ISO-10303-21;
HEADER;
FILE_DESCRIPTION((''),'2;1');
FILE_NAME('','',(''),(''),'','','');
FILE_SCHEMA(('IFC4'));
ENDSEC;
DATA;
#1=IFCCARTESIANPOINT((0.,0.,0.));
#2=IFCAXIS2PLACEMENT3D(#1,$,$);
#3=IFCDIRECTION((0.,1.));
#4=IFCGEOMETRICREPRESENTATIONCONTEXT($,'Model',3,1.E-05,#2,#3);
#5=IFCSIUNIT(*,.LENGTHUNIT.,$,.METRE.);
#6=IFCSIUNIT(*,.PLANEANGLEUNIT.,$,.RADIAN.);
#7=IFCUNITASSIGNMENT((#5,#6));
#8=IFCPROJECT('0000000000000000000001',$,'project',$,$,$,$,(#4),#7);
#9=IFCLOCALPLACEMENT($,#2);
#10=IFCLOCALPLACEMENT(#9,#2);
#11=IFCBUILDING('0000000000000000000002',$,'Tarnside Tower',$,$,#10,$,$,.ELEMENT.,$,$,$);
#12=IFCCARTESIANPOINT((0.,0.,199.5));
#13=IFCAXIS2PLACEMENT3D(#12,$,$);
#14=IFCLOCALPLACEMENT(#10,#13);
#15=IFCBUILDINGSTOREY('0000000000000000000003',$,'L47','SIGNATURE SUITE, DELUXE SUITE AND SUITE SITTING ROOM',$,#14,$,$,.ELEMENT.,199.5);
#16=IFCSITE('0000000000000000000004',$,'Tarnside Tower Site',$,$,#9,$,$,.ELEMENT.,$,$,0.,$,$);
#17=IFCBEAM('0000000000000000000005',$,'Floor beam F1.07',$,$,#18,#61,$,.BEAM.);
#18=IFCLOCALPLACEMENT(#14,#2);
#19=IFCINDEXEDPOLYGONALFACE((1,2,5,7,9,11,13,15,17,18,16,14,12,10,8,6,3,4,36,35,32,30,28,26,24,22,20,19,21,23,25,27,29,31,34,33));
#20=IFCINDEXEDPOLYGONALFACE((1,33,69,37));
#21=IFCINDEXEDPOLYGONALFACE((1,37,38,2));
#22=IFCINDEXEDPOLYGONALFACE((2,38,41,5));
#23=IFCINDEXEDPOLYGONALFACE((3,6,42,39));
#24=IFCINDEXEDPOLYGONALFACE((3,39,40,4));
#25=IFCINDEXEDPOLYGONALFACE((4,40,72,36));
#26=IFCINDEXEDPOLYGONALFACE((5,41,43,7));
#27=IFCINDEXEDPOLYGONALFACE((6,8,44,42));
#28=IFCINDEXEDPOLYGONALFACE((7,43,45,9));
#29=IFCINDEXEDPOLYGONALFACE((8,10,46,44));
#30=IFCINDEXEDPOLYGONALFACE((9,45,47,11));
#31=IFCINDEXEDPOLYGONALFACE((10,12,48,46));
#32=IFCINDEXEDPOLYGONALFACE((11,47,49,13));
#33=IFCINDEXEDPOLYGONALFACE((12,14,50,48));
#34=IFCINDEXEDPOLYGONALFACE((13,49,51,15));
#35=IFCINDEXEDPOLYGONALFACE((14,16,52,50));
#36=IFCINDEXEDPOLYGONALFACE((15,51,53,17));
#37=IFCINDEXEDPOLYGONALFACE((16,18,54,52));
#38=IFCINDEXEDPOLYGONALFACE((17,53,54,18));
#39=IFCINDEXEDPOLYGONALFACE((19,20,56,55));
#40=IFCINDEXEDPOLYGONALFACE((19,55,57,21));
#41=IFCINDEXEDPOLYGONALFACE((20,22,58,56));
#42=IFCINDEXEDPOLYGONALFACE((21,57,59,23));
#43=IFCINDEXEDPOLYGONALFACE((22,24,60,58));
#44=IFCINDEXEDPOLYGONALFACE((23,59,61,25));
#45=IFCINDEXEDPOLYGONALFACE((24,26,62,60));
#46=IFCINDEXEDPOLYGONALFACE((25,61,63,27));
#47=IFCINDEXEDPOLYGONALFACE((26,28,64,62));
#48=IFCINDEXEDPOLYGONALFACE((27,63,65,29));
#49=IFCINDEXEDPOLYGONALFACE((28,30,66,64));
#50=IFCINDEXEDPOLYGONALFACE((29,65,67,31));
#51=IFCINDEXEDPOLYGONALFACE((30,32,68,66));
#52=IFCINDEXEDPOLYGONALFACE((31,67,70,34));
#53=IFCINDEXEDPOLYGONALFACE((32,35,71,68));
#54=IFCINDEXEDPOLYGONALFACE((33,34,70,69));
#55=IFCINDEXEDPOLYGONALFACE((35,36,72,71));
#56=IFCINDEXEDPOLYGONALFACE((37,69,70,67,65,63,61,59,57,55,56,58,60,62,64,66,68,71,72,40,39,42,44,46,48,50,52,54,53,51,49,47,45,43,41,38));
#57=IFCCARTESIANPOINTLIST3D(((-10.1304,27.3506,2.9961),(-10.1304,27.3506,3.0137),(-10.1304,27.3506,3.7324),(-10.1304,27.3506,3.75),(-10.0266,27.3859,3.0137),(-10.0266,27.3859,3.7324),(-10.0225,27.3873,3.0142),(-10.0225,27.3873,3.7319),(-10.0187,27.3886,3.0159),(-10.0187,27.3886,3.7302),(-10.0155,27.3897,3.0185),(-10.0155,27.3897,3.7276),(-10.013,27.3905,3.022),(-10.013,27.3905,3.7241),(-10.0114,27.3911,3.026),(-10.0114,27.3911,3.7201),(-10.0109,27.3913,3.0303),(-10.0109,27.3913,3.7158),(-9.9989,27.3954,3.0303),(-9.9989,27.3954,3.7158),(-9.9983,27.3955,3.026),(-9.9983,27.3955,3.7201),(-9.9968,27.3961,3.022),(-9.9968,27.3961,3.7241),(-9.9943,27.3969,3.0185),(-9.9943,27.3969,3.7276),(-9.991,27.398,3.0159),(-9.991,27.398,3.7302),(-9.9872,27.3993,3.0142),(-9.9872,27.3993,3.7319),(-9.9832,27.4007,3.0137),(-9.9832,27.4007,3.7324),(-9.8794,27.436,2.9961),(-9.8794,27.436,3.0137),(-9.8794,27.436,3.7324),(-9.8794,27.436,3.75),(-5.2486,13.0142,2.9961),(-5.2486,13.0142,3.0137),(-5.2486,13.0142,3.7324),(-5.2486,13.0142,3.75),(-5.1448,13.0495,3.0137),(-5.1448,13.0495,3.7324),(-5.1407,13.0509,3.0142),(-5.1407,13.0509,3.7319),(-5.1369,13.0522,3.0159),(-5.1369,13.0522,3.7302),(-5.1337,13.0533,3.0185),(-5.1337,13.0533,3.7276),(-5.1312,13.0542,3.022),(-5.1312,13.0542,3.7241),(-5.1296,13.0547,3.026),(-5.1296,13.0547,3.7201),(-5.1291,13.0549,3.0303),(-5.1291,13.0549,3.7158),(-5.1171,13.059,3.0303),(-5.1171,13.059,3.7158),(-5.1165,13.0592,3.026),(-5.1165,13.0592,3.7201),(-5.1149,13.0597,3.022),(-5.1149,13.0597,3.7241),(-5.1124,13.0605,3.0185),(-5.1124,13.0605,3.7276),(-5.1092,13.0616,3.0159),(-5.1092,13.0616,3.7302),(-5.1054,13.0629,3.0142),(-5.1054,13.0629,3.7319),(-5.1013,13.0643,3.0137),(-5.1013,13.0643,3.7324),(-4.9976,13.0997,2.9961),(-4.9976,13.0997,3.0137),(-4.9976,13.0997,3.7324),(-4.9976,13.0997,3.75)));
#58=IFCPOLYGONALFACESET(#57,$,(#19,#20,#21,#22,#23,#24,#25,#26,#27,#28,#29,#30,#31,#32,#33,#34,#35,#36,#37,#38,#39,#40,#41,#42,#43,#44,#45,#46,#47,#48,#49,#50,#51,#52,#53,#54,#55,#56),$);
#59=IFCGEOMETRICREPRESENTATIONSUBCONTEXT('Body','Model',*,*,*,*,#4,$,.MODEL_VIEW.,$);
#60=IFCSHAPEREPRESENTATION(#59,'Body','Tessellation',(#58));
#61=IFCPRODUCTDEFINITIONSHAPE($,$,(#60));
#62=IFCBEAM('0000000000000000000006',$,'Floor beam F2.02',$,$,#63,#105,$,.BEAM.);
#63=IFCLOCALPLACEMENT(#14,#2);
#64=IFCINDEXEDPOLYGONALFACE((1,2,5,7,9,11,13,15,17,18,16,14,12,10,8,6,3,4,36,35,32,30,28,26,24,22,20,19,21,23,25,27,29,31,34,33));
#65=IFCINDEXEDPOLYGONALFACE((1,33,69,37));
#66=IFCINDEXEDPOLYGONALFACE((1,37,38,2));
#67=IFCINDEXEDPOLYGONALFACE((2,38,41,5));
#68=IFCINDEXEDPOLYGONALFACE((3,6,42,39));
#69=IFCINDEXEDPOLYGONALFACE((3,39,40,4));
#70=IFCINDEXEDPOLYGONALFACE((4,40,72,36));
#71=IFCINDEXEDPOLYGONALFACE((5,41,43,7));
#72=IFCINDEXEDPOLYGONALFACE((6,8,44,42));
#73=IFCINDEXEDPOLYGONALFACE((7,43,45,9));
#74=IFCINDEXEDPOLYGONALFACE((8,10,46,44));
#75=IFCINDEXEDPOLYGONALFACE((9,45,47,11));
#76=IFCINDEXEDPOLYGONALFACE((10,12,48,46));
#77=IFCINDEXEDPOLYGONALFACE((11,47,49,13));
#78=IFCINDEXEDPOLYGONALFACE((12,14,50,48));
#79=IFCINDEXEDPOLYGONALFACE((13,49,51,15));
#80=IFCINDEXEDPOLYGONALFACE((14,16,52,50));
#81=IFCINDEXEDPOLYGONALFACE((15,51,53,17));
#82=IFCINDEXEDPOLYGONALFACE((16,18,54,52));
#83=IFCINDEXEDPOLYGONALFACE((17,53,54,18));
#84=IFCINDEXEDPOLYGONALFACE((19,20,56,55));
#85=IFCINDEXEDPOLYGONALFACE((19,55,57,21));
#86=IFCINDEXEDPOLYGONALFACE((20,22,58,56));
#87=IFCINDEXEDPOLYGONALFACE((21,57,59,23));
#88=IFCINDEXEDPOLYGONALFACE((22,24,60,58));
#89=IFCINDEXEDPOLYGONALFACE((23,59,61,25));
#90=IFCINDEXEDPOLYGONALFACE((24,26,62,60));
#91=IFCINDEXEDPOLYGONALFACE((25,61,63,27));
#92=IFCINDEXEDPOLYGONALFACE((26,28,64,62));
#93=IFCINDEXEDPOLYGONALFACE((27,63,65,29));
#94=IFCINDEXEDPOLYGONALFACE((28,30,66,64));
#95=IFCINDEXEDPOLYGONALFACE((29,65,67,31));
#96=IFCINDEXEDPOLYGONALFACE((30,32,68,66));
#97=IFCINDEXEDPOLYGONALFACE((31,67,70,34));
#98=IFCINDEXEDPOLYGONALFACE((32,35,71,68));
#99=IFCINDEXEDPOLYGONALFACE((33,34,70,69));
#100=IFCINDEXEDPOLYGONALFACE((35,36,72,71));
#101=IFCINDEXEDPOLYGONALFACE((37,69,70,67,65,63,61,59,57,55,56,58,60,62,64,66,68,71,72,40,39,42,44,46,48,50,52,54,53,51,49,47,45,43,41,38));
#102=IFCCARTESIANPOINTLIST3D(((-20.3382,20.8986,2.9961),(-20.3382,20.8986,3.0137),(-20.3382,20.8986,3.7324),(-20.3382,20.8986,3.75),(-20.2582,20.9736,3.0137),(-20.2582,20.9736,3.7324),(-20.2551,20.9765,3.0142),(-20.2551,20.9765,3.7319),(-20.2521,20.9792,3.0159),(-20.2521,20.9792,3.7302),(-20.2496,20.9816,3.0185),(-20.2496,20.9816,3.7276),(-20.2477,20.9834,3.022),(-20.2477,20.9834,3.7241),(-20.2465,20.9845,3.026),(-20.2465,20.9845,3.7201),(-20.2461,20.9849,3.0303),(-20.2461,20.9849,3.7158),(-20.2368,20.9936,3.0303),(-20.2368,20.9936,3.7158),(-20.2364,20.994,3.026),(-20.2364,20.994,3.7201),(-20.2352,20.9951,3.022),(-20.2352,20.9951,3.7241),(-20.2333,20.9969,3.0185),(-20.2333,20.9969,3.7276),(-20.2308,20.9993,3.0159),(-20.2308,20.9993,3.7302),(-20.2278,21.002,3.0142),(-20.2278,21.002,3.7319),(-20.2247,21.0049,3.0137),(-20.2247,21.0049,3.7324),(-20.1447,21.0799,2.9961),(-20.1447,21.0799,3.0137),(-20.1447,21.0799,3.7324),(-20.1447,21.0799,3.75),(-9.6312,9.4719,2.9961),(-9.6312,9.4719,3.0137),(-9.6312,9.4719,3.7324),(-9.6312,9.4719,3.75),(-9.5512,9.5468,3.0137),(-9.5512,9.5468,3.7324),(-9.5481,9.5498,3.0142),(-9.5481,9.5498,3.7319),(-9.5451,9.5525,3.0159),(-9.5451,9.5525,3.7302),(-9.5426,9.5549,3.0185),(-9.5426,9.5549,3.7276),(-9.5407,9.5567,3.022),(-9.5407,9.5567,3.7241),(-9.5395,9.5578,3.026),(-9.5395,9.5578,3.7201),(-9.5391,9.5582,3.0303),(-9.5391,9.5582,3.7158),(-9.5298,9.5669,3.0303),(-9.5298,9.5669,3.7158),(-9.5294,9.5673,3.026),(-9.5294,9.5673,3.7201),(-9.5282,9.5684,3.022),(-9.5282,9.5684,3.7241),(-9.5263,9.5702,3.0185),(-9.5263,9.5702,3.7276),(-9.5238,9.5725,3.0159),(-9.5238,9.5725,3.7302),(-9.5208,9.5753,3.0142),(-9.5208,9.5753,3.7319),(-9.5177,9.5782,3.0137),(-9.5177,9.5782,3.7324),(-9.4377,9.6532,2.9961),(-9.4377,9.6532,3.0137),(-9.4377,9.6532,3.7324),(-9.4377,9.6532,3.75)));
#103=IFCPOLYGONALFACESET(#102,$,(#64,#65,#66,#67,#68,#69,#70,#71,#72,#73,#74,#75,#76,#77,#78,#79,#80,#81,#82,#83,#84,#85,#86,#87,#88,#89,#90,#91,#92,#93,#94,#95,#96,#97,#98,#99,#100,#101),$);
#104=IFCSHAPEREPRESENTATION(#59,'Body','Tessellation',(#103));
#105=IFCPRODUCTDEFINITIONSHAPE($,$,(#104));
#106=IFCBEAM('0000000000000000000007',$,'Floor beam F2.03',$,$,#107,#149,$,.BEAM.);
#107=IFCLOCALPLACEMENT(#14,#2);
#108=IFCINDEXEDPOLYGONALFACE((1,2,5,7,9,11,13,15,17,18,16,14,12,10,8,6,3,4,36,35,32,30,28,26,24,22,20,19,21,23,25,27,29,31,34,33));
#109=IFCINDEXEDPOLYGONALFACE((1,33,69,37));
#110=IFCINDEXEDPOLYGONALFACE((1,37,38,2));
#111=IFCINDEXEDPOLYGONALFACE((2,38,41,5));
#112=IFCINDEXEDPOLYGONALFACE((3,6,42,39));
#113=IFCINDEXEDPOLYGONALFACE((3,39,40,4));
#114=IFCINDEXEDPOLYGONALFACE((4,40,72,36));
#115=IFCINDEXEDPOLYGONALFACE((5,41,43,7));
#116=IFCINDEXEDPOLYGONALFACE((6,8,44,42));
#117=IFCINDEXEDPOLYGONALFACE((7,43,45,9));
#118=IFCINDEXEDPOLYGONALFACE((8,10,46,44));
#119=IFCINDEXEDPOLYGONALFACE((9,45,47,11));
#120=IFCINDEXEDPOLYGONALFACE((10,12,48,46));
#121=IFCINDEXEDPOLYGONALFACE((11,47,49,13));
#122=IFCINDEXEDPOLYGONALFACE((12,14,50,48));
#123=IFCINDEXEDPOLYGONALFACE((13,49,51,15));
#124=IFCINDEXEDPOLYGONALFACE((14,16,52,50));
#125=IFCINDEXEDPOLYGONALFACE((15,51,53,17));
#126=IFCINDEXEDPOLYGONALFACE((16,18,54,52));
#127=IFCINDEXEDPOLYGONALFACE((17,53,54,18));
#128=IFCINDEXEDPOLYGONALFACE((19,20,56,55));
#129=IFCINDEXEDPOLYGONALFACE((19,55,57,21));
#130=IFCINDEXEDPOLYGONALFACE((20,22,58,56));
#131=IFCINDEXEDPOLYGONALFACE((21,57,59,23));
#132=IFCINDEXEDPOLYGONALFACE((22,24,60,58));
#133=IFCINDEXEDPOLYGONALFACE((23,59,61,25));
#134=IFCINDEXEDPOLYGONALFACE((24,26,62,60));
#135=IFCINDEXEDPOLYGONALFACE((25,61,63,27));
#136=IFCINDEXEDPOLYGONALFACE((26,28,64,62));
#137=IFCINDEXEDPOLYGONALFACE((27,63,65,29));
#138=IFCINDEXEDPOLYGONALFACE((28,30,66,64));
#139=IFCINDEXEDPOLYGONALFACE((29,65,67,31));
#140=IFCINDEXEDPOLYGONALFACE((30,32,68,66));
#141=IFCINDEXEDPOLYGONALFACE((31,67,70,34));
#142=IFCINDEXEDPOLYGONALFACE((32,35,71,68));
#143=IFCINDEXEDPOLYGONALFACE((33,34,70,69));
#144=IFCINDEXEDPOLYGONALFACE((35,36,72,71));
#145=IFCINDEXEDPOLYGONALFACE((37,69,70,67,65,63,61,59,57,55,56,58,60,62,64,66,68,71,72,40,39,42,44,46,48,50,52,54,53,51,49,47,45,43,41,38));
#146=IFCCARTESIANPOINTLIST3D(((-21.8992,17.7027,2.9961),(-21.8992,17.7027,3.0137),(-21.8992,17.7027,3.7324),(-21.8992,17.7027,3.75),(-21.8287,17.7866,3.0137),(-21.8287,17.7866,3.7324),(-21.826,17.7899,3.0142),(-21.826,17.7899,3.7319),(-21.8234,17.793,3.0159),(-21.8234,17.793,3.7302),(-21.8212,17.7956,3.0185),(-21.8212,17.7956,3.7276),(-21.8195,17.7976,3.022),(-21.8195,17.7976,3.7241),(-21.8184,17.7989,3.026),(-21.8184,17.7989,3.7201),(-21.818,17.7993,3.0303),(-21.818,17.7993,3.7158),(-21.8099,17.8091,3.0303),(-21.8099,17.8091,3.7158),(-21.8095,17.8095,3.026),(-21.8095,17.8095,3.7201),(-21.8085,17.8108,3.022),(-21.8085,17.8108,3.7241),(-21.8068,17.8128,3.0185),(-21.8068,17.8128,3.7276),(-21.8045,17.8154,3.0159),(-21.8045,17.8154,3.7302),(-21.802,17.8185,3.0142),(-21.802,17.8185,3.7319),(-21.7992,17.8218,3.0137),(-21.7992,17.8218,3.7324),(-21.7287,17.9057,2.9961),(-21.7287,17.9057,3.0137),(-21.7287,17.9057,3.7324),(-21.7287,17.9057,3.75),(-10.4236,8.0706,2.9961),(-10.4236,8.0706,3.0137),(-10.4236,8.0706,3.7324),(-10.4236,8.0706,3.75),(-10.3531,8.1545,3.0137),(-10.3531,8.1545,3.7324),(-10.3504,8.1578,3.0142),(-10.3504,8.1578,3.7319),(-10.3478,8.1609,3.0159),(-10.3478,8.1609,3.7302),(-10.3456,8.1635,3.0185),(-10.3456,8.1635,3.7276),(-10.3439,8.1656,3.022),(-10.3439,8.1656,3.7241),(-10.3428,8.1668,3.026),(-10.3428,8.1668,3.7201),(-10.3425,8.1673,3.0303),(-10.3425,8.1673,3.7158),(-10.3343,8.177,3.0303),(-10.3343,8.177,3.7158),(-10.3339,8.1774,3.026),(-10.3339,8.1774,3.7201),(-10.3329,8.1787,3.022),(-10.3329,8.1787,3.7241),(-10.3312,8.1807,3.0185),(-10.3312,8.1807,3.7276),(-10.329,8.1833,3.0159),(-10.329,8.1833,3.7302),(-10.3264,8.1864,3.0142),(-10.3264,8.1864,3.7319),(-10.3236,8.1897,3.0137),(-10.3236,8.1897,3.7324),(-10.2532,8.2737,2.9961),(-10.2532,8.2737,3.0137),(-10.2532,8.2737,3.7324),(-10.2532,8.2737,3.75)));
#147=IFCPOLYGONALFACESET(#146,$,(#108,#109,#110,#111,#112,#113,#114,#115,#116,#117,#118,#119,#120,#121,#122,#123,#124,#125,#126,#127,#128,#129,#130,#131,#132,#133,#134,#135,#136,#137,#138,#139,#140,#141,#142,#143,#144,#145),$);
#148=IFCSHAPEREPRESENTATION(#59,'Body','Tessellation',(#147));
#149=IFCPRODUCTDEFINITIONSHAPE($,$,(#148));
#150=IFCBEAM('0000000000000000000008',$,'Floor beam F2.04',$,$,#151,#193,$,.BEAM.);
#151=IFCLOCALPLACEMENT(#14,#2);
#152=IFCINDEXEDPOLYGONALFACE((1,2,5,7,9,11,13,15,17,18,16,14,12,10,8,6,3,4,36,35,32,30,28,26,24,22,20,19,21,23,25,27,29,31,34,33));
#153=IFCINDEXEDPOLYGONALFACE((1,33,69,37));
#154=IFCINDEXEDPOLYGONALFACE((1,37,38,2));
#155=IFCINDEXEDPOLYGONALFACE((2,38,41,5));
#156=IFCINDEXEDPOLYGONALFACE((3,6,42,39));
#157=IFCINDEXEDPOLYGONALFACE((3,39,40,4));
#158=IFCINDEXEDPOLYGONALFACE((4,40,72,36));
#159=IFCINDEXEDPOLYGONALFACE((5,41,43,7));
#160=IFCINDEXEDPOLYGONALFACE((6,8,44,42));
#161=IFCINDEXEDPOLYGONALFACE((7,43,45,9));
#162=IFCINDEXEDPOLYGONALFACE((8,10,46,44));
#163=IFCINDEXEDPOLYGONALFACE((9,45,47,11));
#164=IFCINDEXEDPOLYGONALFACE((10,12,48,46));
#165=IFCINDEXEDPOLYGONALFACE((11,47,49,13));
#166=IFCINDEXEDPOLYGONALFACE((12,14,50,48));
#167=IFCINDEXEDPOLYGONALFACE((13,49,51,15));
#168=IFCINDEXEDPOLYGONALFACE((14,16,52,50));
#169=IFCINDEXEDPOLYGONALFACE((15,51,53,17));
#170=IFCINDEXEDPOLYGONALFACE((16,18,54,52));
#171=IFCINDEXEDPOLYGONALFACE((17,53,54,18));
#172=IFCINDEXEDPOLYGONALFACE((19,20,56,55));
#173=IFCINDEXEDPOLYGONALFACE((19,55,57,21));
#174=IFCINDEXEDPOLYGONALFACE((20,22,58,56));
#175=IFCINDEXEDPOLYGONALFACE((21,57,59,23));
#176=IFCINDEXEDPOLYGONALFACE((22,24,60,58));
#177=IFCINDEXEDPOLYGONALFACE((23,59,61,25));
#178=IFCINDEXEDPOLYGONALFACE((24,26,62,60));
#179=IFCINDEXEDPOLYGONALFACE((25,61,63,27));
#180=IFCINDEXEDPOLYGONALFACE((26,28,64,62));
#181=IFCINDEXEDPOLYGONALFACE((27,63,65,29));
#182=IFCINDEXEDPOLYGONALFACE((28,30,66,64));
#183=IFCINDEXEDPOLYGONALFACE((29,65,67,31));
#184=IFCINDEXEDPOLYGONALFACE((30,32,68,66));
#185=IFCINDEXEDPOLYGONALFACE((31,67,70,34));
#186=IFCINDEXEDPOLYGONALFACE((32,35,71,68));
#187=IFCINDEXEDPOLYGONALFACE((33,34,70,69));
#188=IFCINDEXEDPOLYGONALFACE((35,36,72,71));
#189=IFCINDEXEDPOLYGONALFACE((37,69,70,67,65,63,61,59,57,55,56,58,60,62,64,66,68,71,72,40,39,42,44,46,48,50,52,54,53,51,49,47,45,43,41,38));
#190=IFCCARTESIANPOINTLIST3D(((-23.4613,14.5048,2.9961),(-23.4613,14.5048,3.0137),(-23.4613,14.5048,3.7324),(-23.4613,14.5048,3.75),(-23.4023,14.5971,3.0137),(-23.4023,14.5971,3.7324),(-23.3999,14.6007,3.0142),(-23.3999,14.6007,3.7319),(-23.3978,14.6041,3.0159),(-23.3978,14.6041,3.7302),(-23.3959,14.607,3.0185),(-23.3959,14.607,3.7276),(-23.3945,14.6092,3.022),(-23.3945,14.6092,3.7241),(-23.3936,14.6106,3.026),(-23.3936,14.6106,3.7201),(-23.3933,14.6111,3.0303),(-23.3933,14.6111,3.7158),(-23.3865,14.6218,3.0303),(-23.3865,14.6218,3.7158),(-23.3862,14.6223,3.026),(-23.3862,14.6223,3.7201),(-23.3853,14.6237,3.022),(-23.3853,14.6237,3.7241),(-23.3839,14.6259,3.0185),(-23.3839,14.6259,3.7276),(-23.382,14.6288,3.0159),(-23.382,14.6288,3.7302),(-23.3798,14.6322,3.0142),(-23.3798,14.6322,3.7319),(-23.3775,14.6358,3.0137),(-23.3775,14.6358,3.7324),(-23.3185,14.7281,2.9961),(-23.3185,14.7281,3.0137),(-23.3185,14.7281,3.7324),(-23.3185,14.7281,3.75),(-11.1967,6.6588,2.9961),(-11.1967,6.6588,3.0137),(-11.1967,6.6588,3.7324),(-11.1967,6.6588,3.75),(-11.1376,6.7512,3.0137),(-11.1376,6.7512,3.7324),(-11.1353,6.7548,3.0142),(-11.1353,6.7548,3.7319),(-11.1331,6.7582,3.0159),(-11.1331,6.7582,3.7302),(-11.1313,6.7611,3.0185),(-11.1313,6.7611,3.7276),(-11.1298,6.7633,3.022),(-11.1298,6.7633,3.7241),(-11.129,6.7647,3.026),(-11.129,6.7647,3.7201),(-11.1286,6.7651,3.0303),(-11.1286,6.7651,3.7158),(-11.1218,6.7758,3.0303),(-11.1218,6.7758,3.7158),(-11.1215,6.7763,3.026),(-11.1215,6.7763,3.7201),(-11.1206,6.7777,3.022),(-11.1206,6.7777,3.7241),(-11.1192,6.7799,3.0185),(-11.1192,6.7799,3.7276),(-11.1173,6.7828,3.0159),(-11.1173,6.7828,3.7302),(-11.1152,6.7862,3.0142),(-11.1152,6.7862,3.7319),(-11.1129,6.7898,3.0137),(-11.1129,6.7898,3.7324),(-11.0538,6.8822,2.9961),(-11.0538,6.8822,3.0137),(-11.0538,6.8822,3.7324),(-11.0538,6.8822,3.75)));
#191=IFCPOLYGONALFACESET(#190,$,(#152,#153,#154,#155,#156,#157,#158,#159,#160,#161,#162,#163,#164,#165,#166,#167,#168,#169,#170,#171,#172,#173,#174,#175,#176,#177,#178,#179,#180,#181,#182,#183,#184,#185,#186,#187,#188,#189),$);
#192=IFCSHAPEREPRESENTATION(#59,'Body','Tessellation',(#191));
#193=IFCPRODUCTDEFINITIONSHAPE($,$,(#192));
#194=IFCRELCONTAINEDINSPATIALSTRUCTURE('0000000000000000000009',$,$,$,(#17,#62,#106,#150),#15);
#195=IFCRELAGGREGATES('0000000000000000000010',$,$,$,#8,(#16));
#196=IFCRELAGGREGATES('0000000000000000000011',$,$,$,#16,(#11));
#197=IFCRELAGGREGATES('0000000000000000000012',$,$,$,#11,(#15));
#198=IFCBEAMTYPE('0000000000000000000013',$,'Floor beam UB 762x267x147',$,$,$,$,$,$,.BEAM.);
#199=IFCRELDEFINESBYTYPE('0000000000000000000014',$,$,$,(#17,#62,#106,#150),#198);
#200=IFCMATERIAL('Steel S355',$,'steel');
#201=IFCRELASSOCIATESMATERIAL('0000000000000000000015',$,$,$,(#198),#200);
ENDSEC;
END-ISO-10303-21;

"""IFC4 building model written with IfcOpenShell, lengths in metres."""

from ifc_helpers import new_model, si_unit, direction, frame, origin, origin_2d, place, context, subcontext, project, spatial, i_section, extrude, material, material_profile, profile_set, type_object, element, save


model = new_model("IFC4")

# Units and contexts
model_context = context("Model", 3, precision=1e-05, world=origin(), true_north=direction((0.0, 1.0)))
body_context = subcontext(model_context, "Body", "Model", "MODEL_VIEW")
ifc_project = project(units=[si_unit("LENGTHUNIT", "METRE"), si_unit("PLANEANGLEUNIT", "RADIAN")], contexts=[model_context])

# Site, building, storey
site_placement = place(None, origin())
site = spatial("IfcSite", under=ifc_project, at=site_placement, Name="Tarnside Tower Site", CompositionType="ELEMENT", RefElevation=0.0)
building_placement = place(site_placement, origin())
building = spatial("IfcBuilding", under=site, at=building_placement, Name="Tarnside Tower", CompositionType="ELEMENT")
storey_placement = place(building_placement, frame((0.0, 0.0, 199.5)))
storey = spatial("IfcBuildingStorey", under=building, at=storey_placement, Name="L47", Description="SIGNATURE SUITE, DELUXE SUITE AND SUITE SITTING ROOM", CompositionType="ELEMENT", Elevation=199.5)

# Beams
ifc_material_1 = material(Name="Steel S355", Category="steel")
ifc_material_profile_1 = material_profile(ifc_material_1, i_section(OverallWidth=0.2651, OverallDepth=0.7539, WebThickness=0.0127, FlangeThickness=0.0176, FilletRadius=0.0166, at=origin_2d()), Name="UB 762x267x147")
ifc_profile_set_1 = profile_set([ifc_material_profile_1], Name="Steel S355")
beam_type_1 = type_object("IfcBeamType", Name="Floor beam UB 762x267x147", PredefinedType="BEAM", material=ifc_profile_set_1)
beam_1_placement = place(storey_placement, frame((-10.0049, 27.3933, 3.373), z_axis=(0.322344, -0.946623, 0.0), x_axis=(0.946623, 0.322344, 0.0)))
element("IfcBeam", 1, at=beam_1_placement, inside=storey, type_object=beam_type_1, Name="Floor beam F1.07", PredefinedType="BEAM", context=body_context, shape_type="SweptSolid", body=[
    extrude(i_section(OverallWidth=0.2651, OverallDepth=0.7539, WebThickness=0.0127, FlangeThickness=0.0176, FilletRadius=0.0166, at=origin_2d()), origin(), (0.0, 0.0, 1.0), 15.1448),
])
beam_2_placement = place(storey_placement, frame((-20.2415, 20.9893, 3.373), z_axis=(0.683752, -0.729714, 0.0), x_axis=(0.729714, 0.683752, 0.0)))
element("IfcBeam", 2, at=beam_2_placement, inside=storey, type_object=beam_type_1, Name="Floor beam F2.02", PredefinedType="BEAM", context=body_context, shape_type="SweptSolid", body=[
    extrude(i_section(OverallWidth=0.2651, OverallDepth=0.7539, WebThickness=0.0127, FlangeThickness=0.0176, FilletRadius=0.0166, at=origin_2d()), origin(), (0.0, 0.0, 1.0), 15.6592),
])
beam_3_placement = place(storey_placement, frame((-21.814, 17.8042, 3.373), z_axis=(0.765948, -0.642902, 0.0), x_axis=(0.642902, 0.765948, 0.0)))
element("IfcBeam", 3, at=beam_3_placement, inside=storey, type_object=beam_type_1, Name="Floor beam F2.03", PredefinedType="BEAM", context=body_context, shape_type="SweptSolid", body=[
    extrude(i_section(OverallWidth=0.2651, OverallDepth=0.7539, WebThickness=0.0127, FlangeThickness=0.0176, FilletRadius=0.0166, at=origin_2d()), origin(), (0.0, 0.0, 1.0), 14.9822),
])
beam_4_placement = place(storey_placement, frame((-23.3899, 14.6165, 3.373), z_axis=(0.842378, -0.538887, 0.0), x_axis=(0.538887, 0.842378, 0.0)))
element("IfcBeam", 4, at=beam_4_placement, inside=storey, type_object=beam_type_1, Name="Floor beam F2.04", PredefinedType="BEAM", context=body_context, shape_type="SweptSolid", body=[
    extrude(i_section(OverallWidth=0.2651, OverallDepth=0.7539, WebThickness=0.0127, FlangeThickness=0.0176, FilletRadius=0.0166, at=origin_2d()), origin(), (0.0, 0.0, 1.0), 14.5596),
])

save(model, "model.ifc")
